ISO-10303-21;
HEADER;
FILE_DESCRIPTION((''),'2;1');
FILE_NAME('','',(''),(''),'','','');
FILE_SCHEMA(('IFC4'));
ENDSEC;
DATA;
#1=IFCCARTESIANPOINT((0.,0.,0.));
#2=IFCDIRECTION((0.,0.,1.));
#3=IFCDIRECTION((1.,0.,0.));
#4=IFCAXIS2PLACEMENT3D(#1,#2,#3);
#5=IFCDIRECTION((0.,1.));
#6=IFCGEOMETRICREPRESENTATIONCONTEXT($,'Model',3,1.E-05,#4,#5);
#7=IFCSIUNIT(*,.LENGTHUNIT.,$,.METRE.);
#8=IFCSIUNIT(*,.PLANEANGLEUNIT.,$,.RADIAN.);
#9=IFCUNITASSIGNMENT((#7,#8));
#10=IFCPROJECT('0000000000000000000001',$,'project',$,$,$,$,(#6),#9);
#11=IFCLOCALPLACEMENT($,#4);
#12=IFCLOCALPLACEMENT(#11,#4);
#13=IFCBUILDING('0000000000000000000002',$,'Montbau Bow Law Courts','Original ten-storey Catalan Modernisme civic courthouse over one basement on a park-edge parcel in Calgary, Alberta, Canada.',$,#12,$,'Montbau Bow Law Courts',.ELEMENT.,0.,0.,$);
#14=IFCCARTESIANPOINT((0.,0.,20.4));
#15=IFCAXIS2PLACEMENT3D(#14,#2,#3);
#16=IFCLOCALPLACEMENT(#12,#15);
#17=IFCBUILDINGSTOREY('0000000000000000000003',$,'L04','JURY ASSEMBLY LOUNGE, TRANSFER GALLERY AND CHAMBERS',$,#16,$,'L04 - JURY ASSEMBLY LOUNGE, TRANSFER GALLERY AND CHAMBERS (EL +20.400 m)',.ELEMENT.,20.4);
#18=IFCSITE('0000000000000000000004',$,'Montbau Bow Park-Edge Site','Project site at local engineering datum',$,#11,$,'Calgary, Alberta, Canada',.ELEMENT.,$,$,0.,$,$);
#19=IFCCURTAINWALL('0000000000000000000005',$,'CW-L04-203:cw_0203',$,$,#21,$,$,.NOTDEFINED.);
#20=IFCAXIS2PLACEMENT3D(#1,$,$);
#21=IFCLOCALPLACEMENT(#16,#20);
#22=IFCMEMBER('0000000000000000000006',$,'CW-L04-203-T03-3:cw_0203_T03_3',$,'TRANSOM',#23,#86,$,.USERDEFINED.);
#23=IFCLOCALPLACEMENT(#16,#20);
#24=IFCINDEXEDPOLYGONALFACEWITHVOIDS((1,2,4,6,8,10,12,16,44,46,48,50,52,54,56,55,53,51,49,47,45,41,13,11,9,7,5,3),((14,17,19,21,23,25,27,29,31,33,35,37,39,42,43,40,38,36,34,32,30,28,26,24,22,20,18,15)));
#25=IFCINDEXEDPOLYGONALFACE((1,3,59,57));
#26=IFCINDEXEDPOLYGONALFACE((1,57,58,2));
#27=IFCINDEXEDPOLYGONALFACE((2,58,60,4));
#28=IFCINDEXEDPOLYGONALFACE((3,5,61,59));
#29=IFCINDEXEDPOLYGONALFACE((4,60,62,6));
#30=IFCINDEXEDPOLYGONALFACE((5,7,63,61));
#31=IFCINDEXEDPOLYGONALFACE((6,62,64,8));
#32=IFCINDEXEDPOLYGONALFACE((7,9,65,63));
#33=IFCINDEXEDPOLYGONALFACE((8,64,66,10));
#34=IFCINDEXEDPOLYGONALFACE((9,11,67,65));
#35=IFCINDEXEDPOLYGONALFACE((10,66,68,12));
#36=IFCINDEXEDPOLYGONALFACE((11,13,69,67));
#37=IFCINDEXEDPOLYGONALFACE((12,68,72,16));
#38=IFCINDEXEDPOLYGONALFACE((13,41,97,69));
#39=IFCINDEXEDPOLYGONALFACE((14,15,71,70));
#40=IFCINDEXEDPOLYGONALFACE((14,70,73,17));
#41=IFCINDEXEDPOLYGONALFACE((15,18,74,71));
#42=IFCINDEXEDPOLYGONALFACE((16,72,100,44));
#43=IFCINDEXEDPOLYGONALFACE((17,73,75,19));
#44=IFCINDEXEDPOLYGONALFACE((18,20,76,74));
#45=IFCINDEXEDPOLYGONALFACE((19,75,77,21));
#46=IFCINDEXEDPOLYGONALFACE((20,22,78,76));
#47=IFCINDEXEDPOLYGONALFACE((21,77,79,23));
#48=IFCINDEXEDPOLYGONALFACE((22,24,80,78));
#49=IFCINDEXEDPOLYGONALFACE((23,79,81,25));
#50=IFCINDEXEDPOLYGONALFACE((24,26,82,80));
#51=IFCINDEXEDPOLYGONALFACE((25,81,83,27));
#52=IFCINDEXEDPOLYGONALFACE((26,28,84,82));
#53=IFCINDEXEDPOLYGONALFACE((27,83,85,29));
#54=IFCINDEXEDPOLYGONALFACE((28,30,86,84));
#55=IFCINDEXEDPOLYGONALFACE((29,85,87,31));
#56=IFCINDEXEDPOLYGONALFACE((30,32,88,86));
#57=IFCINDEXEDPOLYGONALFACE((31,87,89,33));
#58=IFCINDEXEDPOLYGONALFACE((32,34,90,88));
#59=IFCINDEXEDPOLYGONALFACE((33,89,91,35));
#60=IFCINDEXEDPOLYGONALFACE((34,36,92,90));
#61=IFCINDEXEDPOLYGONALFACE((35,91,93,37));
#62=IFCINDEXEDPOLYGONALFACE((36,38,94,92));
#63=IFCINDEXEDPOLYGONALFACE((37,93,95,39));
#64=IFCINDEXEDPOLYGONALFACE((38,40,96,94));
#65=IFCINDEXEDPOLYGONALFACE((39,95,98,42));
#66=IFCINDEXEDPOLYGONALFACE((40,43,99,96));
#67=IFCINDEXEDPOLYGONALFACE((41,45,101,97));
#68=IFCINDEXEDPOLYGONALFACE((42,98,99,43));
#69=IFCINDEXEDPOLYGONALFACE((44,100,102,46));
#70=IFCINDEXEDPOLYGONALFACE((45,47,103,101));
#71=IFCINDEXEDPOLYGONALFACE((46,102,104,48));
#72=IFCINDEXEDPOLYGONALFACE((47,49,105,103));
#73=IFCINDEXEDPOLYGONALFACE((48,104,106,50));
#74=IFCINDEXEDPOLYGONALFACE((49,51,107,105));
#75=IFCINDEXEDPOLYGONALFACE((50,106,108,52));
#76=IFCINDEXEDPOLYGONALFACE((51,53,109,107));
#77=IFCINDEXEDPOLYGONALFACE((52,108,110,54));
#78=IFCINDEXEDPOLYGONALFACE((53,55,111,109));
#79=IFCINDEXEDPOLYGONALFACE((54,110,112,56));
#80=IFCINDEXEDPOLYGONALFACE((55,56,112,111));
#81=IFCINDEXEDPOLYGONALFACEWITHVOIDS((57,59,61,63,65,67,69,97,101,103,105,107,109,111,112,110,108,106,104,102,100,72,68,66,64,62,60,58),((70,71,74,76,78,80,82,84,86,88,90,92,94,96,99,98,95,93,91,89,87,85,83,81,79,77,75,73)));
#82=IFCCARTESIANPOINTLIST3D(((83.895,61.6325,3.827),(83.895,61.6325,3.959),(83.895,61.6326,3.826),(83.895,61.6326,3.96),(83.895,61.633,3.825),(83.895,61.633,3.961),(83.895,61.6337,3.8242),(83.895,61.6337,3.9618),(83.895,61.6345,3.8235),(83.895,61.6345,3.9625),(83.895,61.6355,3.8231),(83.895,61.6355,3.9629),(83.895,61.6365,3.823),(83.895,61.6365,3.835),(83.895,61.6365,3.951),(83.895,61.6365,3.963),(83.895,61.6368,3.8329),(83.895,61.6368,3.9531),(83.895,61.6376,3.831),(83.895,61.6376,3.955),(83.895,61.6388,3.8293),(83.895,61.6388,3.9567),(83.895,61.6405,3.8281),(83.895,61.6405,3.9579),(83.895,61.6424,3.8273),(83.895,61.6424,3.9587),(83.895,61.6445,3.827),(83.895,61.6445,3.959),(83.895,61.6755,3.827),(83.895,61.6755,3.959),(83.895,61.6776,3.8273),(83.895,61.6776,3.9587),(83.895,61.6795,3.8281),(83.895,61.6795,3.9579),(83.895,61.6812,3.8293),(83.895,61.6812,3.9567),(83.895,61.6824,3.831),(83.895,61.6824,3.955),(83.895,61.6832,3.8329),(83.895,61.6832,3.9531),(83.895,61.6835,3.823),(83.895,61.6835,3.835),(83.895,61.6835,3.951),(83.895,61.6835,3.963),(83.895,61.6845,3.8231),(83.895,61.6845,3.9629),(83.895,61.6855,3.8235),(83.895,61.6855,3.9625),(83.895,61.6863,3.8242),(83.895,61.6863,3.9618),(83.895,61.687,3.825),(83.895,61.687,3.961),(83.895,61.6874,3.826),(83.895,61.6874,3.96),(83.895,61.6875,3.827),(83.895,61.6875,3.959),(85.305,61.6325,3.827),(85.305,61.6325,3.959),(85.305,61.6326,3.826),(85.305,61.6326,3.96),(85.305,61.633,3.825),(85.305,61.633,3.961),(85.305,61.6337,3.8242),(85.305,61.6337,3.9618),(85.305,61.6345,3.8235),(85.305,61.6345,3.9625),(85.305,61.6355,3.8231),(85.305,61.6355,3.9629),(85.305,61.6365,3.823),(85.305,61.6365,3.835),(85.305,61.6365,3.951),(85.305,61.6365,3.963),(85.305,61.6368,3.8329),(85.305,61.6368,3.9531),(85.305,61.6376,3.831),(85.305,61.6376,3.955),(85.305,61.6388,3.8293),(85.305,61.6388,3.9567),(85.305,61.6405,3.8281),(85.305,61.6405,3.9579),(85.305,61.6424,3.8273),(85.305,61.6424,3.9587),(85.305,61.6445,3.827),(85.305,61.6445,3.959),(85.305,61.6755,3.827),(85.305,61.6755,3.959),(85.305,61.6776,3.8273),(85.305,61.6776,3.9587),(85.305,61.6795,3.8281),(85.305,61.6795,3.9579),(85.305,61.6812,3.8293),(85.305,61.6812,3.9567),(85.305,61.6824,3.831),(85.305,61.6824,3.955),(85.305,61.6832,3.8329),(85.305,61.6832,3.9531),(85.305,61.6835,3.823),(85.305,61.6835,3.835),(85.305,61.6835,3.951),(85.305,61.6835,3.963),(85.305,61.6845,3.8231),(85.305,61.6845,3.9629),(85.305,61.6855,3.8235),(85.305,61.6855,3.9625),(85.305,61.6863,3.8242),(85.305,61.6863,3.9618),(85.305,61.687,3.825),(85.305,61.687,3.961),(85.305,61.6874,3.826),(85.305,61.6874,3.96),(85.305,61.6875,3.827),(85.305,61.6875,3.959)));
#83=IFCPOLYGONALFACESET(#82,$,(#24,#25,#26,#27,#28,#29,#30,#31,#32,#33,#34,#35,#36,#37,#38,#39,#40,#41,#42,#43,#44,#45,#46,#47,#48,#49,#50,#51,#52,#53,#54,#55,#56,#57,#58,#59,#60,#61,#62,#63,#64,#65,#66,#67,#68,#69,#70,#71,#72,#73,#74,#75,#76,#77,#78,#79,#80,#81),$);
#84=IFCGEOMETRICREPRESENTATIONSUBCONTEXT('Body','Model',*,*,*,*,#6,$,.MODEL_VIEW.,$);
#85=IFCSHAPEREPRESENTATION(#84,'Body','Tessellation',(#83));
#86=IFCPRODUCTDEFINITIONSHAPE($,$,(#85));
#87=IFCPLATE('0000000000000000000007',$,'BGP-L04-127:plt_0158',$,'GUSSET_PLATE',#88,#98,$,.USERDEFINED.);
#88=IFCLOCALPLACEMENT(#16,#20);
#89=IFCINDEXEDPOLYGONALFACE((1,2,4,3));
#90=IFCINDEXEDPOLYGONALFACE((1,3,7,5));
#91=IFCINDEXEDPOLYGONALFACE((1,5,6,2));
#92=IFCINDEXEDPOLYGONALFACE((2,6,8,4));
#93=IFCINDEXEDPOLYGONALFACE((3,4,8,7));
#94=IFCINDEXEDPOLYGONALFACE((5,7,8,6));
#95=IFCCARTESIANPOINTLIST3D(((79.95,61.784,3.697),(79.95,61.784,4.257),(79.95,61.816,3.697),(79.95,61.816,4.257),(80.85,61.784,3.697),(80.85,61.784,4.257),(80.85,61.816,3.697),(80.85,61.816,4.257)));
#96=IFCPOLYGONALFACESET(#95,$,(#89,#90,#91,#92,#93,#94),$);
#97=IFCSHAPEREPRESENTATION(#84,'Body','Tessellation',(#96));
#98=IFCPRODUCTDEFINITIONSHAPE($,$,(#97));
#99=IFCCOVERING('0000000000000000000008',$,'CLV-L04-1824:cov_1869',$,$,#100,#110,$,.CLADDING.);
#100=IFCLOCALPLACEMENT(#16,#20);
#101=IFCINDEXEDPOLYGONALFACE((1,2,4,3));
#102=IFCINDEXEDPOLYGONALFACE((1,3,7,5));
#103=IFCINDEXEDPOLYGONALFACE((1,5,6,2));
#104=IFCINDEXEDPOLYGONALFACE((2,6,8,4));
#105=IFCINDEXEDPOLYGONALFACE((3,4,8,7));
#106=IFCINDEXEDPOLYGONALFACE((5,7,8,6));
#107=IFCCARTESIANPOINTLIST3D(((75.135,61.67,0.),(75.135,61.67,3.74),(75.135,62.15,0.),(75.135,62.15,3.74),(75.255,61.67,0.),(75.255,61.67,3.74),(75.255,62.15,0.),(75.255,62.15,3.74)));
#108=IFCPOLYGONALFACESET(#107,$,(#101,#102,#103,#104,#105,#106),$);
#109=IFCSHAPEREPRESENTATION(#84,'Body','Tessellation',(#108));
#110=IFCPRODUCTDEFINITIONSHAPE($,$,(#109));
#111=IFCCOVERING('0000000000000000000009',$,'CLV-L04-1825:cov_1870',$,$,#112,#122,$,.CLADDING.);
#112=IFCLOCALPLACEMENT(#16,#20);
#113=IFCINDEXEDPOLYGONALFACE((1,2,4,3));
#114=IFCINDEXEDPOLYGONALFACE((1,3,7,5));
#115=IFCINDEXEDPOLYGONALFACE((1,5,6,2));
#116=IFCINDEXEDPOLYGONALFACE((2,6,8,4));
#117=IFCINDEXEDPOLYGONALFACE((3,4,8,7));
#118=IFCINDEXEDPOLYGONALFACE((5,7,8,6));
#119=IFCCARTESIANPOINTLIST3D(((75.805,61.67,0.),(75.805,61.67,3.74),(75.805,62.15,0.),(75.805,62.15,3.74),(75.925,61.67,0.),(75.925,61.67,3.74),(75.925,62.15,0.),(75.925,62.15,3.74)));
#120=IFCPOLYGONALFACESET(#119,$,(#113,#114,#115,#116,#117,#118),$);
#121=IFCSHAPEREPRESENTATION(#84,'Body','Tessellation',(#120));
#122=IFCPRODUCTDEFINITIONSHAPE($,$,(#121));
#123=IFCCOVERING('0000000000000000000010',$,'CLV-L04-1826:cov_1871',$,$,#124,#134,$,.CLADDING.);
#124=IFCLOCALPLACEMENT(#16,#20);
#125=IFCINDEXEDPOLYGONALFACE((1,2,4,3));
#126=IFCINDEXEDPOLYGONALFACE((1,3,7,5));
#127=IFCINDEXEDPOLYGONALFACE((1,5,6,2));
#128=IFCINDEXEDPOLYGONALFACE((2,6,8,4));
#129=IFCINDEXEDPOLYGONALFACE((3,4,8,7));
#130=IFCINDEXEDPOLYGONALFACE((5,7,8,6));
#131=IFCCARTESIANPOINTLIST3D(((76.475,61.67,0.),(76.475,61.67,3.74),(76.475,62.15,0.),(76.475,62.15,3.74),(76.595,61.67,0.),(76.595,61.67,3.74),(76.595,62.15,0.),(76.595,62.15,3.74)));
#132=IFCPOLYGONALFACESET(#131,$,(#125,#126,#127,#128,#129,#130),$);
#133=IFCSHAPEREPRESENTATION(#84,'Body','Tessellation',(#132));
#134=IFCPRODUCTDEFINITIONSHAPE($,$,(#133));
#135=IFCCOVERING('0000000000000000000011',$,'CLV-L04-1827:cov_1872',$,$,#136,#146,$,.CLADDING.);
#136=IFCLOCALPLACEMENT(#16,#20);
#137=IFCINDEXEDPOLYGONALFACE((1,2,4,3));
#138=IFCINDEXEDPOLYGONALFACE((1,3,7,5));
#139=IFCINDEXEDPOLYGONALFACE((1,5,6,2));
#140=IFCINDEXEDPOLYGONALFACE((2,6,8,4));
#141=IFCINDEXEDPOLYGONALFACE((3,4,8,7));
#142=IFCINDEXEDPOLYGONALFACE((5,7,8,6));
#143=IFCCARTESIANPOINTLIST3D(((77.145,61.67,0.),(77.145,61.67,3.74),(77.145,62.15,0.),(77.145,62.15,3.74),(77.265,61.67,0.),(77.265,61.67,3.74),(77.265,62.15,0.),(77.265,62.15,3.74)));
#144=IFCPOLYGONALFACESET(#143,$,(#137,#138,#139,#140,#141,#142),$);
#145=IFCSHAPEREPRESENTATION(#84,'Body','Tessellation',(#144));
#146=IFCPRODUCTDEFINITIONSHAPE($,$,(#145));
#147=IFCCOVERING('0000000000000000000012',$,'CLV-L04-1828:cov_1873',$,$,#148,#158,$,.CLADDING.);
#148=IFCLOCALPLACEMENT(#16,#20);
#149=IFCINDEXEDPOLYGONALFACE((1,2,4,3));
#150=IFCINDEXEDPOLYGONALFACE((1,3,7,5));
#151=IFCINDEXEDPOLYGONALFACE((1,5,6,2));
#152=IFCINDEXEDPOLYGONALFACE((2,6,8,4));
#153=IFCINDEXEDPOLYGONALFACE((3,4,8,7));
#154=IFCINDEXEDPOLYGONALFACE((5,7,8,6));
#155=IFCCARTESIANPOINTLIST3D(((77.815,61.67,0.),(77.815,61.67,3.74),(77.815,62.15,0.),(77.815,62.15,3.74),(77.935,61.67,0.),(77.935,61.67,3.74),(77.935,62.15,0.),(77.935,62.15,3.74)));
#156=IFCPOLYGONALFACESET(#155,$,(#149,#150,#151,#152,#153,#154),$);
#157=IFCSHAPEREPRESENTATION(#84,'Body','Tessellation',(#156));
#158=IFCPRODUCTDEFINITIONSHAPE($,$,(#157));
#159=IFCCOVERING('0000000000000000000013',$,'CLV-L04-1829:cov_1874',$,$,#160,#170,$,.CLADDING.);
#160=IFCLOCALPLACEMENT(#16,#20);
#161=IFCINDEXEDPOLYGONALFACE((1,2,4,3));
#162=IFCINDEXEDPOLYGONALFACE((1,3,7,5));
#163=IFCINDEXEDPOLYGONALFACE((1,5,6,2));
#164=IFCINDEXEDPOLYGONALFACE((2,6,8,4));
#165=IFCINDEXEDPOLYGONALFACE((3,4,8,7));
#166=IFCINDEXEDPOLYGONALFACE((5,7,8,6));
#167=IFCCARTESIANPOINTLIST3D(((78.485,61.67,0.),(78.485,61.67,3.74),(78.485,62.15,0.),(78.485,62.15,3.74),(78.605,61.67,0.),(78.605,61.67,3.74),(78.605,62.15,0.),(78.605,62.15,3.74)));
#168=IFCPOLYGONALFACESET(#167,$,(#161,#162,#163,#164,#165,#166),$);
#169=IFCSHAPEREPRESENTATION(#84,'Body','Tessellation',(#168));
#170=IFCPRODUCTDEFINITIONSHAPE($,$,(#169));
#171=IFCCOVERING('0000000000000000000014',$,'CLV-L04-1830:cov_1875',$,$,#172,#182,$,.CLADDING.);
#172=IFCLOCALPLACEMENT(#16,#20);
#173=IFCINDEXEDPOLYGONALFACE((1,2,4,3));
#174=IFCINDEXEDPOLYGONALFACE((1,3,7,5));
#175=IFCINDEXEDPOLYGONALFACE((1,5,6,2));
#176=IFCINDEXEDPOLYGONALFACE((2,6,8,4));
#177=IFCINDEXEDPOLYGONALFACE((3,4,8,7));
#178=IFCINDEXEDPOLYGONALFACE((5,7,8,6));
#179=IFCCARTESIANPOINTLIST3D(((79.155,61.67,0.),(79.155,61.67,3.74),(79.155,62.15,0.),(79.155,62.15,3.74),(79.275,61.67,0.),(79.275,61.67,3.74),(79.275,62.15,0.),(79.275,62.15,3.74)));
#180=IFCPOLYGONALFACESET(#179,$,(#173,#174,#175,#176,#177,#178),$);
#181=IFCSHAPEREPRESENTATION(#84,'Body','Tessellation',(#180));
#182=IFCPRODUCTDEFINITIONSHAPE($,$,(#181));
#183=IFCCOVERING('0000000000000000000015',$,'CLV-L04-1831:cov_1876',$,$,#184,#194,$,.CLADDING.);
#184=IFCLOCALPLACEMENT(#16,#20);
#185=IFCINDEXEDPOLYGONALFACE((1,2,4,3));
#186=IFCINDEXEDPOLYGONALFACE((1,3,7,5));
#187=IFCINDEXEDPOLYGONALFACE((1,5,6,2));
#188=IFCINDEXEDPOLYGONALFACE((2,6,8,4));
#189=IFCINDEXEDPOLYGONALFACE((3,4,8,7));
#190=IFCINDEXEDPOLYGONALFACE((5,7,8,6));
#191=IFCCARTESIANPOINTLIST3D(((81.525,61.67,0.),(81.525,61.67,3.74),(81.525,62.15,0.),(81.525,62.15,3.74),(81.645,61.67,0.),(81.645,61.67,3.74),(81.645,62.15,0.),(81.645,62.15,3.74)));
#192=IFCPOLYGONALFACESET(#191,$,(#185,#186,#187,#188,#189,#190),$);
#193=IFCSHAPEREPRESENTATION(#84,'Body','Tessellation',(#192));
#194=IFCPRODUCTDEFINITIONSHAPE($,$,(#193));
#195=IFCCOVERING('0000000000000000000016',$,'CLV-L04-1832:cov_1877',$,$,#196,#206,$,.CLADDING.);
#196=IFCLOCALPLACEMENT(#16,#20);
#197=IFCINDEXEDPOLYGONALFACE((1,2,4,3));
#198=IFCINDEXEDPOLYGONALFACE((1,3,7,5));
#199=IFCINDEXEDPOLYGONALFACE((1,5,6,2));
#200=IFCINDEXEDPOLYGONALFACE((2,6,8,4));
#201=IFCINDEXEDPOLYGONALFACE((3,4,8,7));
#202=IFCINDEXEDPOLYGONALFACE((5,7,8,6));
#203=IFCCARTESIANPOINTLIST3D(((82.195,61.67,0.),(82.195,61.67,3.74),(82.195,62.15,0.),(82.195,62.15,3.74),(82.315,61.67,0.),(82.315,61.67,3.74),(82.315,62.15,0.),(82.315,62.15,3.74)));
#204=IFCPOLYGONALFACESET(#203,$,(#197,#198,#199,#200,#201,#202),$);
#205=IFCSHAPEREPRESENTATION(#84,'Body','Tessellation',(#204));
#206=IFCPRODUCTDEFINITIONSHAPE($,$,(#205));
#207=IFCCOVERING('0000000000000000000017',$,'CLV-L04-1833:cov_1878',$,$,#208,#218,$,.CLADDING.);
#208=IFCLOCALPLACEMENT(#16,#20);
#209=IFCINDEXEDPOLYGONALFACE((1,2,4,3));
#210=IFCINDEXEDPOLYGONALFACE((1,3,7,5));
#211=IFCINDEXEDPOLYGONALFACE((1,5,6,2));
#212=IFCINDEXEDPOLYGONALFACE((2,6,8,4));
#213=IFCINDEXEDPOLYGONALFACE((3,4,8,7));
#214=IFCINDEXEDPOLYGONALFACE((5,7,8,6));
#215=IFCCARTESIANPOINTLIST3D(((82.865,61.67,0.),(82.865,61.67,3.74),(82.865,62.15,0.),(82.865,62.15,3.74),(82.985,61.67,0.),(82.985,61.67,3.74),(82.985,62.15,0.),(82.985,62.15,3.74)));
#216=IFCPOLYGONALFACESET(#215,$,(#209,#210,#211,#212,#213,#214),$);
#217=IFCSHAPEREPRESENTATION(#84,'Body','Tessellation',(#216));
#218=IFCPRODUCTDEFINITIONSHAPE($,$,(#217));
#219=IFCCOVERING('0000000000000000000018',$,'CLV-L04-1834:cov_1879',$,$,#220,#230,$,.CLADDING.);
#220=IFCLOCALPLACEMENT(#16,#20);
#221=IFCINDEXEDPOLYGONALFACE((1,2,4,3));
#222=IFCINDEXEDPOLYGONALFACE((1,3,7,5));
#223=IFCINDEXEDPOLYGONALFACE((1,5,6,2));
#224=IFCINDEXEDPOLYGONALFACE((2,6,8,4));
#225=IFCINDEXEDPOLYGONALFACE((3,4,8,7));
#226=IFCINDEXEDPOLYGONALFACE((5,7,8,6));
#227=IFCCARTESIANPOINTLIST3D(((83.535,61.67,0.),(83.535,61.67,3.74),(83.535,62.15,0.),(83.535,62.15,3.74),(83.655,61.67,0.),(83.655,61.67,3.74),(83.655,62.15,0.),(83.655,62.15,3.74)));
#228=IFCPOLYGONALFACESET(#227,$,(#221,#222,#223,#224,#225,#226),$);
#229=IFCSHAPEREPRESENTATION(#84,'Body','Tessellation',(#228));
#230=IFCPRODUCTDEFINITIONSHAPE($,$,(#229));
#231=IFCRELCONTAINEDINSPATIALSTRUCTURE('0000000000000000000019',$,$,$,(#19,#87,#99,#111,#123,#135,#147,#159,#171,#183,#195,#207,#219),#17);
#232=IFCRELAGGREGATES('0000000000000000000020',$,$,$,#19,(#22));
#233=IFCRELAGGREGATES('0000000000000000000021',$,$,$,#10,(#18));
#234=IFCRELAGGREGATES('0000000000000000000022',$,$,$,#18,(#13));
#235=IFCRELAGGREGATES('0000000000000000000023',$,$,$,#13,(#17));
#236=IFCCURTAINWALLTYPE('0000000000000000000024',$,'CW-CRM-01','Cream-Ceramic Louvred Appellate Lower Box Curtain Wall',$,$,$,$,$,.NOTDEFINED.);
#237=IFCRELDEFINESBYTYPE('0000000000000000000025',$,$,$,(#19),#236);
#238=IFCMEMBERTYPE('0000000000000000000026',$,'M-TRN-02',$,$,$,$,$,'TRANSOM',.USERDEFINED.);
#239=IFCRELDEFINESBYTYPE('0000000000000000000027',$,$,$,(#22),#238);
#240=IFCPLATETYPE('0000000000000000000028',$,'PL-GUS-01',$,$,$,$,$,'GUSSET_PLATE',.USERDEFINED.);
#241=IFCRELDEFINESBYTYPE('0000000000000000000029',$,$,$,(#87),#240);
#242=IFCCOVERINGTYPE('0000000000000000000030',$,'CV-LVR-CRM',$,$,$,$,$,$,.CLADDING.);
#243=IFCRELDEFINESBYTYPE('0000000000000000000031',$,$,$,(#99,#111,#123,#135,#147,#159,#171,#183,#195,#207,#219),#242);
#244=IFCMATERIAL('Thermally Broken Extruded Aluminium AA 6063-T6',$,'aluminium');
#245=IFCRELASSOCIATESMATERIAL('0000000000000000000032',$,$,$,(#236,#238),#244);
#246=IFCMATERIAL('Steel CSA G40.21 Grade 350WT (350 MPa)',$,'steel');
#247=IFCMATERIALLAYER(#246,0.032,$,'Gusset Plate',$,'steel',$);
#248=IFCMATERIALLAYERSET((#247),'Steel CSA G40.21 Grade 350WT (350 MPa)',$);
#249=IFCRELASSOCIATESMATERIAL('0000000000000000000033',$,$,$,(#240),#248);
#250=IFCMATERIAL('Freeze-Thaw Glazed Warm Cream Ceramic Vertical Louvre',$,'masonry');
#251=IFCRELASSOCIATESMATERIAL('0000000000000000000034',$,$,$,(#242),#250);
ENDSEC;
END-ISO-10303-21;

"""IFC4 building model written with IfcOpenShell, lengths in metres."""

from ifc_helpers import new_model, si_unit, direction, frame, frame_2d, origin_with_axes, origin_2d_with_axis, place, context, subcontext, project, spatial, rectangle, hollow_rectangle, extrude, material, layer, layer_set, material_profile, profile_set, type_object, element, aggregate, save


model = new_model("IFC4")

# Units and contexts
model_context = context("Model", 3, precision=1e-05, world=origin_with_axes(), true_north=direction((0.0, 1.0)))
body_context = subcontext(model_context, "Body", "Model", "MODEL_VIEW")
ifc_project = project(units=[si_unit("LENGTHUNIT", "METRE"), si_unit("PLANEANGLEUNIT", "RADIAN")], contexts=[model_context])

# Site, building, storey
site_placement = place(None, origin_with_axes())
site = spatial("IfcSite", under=ifc_project, at=site_placement, Name="Montbau Bow Park-Edge Site", Description="Project site at local engineering datum", LongName="Calgary, Alberta, Canada", CompositionType="ELEMENT", RefElevation=0.0)
building_placement = place(site_placement, origin_with_axes())
building = spatial("IfcBuilding", under=site, at=building_placement, Name="Montbau Bow Law Courts", Description="Original ten-storey Catalan Modernisme civic courthouse over one basement on a park-edge parcel in Calgary, Alberta, Canada.", LongName="Montbau Bow Law Courts", CompositionType="ELEMENT", ElevationOfRefHeight=0.0, ElevationOfTerrain=0.0)
storey_placement = place(building_placement, frame((0.0, 0.0, 20.4), z_axis=(0.0, 0.0, 1.0), x_axis=(1.0, 0.0, 0.0)))
storey = spatial("IfcBuildingStorey", under=building, at=storey_placement, Name="L04", Description="JURY ASSEMBLY LOUNGE, TRANSFER GALLERY AND CHAMBERS", LongName="L04 - JURY ASSEMBLY LOUNGE, TRANSFER GALLERY AND CHAMBERS (EL +20.400 m)", CompositionType="ELEMENT", Elevation=20.4)

# Shared definitions
ifc_material_1 = material(Name="Steel CSA G40.21 Grade 350WT (350 MPa)", Category="steel")

# Curtain wall, member
ifc_material_2 = material(Name="Thermally Broken Extruded Aluminium AA 6063-T6", Category="aluminium")
curtain_wall_type = type_object("IfcCurtainWallType", Name="CW-CRM-01", Description="Cream-Ceramic Louvred Appellate Lower Box Curtain Wall", PredefinedType="NOTDEFINED", material=ifc_material_2)
curtain_wall_placement = place(None, frame((80.915, 61.66, 20.4), z_axis=(0.0, 0.0, 1.0), x_axis=(1.0, 0.0, 0.0)))
curtain_wall = element("IfcCurtainWall", 1, at=curtain_wall_placement, inside=storey, type_object=curtain_wall_type, Name="CW-L04-203:cw_0203", PredefinedType="NOTDEFINED")
ifc_material_profile_1 = material_profile(ifc_material_2, hollow_rectangle(XDim=0.055, YDim=0.14, WallThickness=0.004, InnerFilletRadius=0.008, OuterFilletRadius=0.004, at=origin_2d_with_axis()), Name="CWT-140X55", Category="Main", Priority=0)
ifc_profile_set_1 = profile_set([ifc_material_profile_1], Name="Thermally Broken Extruded Aluminium AA 6063-T6")
member_type = type_object("IfcMemberType", Name="M-TRN-02", ElementType="TRANSOM", PredefinedType="USERDEFINED", material=ifc_profile_set_1)
member_1_placement = place(None, frame((83.895, 61.66, 24.293), z_axis=(1.0, 0.0, 0.0), x_axis=(0.0, 1.0, 0.0)))
member_1 = element("IfcMember", 2, at=member_1_placement, type_object=member_type, Name="CW-L04-203-T03-3:cw_0203_T03_3", ObjectType="TRANSOM", PredefinedType="USERDEFINED", context=body_context, shape_type="SweptSolid", body=[
    extrude(hollow_rectangle(XDim=0.055, YDim=0.14, WallThickness=0.004, InnerFilletRadius=0.008, OuterFilletRadius=0.004, at=origin_2d_with_axis()), origin_with_axes(), (0.0, 0.0, 1.0), 1.41),
])
aggregate(curtain_wall, [member_1])

# Plate
ifc_layer = layer(ifc_material_1, 0.032, Name="Gusset Plate", Category="steel")
ifc_layer_set = layer_set([ifc_layer], Name="Steel CSA G40.21 Grade 350WT (350 MPa)")
plate_type = type_object("IfcPlateType", Name="PL-GUS-01", ElementType="GUSSET_PLATE", PredefinedType="USERDEFINED", material=ifc_layer_set)
plate_placement = place(None, frame((80.4, 61.8, 24.097), z_axis=(0.0, 0.0, 1.0), x_axis=(1.0, 0.0, 0.0)))
element("IfcPlate", 3, at=plate_placement, inside=storey, type_object=plate_type, Name="BGP-L04-127:plt_0158", ObjectType="GUSSET_PLATE", PredefinedType="USERDEFINED", context=body_context, shape_type="SweptSolid", body=[
    extrude(rectangle(XDim=0.9, YDim=0.032, at=origin_2d_with_axis()), origin_with_axes(), (0.0, 0.0, 1.0), 0.56),
])

# Coverings
ifc_material_3 = material(Name="Freeze-Thaw Glazed Warm Cream Ceramic Vertical Louvre", Category="masonry")
covering_type = type_object("IfcCoveringType", Name="CV-LVR-CRM", PredefinedType="CLADDING", material=ifc_material_3)
for number, where, z_axis, x_axis, name in (
    (4, (75.195, 61.67, 20.4), (1.0, 0.0, 0.0), (0.0, 1.0, 0.0), "CLV-L04-1824:cov_1869"),
    (5, (75.865, 61.67, 20.4), (1.0, 0.0, 0.0), (0.0, 1.0, 0.0), "CLV-L04-1825:cov_1870"),
    (6, (76.535, 61.67, 20.4), (1.0, 0.0, 0.0), (0.0, 1.0, 0.0), "CLV-L04-1826:cov_1871"),
    (7, (77.205, 61.67, 20.4), (1.0, 0.0, 0.0), (0.0, 1.0, 0.0), "CLV-L04-1827:cov_1872"),
    (8, (77.875, 61.67, 20.4), (1.0, 0.0, 0.0), (0.0, 1.0, 0.0), "CLV-L04-1828:cov_1873"),
    (9, (78.545, 61.67, 20.4), (1.0, 0.0, 0.0), (0.0, 1.0, 0.0), "CLV-L04-1829:cov_1874"),
    (10, (79.215, 61.67, 20.4), (1.0, 0.0, 0.0), (0.0, 1.0, 0.0), "CLV-L04-1830:cov_1875"),
    (11, (81.585, 61.67, 20.4), (1.0, 0.0, 0.0), (0.0, 1.0, 0.0), "CLV-L04-1831:cov_1876"),
    (12, (82.255, 61.67, 20.4), (1.0, 0.0, 0.0), (0.0, 1.0, 0.0), "CLV-L04-1832:cov_1877"),
    (13, (82.925, 61.67, 20.4), (1.0, 0.0, 0.0), (0.0, 1.0, 0.0), "CLV-L04-1833:cov_1878"),
    (14, (83.595, 61.67, 20.4), (1.0, 0.0, 0.0), (0.0, 1.0, 0.0), "CLV-L04-1834:cov_1879"),
):
    element("IfcCovering", number, at=place(None, frame(where, z_axis=z_axis, x_axis=x_axis)), inside=storey, type_object=covering_type, Name=name, PredefinedType="CLADDING", context=body_context, shape_type="SweptSolid", body=[
        extrude(rectangle(XDim=0.48, YDim=3.74, at=frame_2d((0.24, 1.87), x_axis=(1.0, 0.0))), frame((0.0, 0.0, -0.06), z_axis=(0.0, 0.0, 1.0), x_axis=(1.0, 0.0, 0.0)), (0.0, 0.0, 1.0), 0.12),
    ])

save(model, "model.ifc")
